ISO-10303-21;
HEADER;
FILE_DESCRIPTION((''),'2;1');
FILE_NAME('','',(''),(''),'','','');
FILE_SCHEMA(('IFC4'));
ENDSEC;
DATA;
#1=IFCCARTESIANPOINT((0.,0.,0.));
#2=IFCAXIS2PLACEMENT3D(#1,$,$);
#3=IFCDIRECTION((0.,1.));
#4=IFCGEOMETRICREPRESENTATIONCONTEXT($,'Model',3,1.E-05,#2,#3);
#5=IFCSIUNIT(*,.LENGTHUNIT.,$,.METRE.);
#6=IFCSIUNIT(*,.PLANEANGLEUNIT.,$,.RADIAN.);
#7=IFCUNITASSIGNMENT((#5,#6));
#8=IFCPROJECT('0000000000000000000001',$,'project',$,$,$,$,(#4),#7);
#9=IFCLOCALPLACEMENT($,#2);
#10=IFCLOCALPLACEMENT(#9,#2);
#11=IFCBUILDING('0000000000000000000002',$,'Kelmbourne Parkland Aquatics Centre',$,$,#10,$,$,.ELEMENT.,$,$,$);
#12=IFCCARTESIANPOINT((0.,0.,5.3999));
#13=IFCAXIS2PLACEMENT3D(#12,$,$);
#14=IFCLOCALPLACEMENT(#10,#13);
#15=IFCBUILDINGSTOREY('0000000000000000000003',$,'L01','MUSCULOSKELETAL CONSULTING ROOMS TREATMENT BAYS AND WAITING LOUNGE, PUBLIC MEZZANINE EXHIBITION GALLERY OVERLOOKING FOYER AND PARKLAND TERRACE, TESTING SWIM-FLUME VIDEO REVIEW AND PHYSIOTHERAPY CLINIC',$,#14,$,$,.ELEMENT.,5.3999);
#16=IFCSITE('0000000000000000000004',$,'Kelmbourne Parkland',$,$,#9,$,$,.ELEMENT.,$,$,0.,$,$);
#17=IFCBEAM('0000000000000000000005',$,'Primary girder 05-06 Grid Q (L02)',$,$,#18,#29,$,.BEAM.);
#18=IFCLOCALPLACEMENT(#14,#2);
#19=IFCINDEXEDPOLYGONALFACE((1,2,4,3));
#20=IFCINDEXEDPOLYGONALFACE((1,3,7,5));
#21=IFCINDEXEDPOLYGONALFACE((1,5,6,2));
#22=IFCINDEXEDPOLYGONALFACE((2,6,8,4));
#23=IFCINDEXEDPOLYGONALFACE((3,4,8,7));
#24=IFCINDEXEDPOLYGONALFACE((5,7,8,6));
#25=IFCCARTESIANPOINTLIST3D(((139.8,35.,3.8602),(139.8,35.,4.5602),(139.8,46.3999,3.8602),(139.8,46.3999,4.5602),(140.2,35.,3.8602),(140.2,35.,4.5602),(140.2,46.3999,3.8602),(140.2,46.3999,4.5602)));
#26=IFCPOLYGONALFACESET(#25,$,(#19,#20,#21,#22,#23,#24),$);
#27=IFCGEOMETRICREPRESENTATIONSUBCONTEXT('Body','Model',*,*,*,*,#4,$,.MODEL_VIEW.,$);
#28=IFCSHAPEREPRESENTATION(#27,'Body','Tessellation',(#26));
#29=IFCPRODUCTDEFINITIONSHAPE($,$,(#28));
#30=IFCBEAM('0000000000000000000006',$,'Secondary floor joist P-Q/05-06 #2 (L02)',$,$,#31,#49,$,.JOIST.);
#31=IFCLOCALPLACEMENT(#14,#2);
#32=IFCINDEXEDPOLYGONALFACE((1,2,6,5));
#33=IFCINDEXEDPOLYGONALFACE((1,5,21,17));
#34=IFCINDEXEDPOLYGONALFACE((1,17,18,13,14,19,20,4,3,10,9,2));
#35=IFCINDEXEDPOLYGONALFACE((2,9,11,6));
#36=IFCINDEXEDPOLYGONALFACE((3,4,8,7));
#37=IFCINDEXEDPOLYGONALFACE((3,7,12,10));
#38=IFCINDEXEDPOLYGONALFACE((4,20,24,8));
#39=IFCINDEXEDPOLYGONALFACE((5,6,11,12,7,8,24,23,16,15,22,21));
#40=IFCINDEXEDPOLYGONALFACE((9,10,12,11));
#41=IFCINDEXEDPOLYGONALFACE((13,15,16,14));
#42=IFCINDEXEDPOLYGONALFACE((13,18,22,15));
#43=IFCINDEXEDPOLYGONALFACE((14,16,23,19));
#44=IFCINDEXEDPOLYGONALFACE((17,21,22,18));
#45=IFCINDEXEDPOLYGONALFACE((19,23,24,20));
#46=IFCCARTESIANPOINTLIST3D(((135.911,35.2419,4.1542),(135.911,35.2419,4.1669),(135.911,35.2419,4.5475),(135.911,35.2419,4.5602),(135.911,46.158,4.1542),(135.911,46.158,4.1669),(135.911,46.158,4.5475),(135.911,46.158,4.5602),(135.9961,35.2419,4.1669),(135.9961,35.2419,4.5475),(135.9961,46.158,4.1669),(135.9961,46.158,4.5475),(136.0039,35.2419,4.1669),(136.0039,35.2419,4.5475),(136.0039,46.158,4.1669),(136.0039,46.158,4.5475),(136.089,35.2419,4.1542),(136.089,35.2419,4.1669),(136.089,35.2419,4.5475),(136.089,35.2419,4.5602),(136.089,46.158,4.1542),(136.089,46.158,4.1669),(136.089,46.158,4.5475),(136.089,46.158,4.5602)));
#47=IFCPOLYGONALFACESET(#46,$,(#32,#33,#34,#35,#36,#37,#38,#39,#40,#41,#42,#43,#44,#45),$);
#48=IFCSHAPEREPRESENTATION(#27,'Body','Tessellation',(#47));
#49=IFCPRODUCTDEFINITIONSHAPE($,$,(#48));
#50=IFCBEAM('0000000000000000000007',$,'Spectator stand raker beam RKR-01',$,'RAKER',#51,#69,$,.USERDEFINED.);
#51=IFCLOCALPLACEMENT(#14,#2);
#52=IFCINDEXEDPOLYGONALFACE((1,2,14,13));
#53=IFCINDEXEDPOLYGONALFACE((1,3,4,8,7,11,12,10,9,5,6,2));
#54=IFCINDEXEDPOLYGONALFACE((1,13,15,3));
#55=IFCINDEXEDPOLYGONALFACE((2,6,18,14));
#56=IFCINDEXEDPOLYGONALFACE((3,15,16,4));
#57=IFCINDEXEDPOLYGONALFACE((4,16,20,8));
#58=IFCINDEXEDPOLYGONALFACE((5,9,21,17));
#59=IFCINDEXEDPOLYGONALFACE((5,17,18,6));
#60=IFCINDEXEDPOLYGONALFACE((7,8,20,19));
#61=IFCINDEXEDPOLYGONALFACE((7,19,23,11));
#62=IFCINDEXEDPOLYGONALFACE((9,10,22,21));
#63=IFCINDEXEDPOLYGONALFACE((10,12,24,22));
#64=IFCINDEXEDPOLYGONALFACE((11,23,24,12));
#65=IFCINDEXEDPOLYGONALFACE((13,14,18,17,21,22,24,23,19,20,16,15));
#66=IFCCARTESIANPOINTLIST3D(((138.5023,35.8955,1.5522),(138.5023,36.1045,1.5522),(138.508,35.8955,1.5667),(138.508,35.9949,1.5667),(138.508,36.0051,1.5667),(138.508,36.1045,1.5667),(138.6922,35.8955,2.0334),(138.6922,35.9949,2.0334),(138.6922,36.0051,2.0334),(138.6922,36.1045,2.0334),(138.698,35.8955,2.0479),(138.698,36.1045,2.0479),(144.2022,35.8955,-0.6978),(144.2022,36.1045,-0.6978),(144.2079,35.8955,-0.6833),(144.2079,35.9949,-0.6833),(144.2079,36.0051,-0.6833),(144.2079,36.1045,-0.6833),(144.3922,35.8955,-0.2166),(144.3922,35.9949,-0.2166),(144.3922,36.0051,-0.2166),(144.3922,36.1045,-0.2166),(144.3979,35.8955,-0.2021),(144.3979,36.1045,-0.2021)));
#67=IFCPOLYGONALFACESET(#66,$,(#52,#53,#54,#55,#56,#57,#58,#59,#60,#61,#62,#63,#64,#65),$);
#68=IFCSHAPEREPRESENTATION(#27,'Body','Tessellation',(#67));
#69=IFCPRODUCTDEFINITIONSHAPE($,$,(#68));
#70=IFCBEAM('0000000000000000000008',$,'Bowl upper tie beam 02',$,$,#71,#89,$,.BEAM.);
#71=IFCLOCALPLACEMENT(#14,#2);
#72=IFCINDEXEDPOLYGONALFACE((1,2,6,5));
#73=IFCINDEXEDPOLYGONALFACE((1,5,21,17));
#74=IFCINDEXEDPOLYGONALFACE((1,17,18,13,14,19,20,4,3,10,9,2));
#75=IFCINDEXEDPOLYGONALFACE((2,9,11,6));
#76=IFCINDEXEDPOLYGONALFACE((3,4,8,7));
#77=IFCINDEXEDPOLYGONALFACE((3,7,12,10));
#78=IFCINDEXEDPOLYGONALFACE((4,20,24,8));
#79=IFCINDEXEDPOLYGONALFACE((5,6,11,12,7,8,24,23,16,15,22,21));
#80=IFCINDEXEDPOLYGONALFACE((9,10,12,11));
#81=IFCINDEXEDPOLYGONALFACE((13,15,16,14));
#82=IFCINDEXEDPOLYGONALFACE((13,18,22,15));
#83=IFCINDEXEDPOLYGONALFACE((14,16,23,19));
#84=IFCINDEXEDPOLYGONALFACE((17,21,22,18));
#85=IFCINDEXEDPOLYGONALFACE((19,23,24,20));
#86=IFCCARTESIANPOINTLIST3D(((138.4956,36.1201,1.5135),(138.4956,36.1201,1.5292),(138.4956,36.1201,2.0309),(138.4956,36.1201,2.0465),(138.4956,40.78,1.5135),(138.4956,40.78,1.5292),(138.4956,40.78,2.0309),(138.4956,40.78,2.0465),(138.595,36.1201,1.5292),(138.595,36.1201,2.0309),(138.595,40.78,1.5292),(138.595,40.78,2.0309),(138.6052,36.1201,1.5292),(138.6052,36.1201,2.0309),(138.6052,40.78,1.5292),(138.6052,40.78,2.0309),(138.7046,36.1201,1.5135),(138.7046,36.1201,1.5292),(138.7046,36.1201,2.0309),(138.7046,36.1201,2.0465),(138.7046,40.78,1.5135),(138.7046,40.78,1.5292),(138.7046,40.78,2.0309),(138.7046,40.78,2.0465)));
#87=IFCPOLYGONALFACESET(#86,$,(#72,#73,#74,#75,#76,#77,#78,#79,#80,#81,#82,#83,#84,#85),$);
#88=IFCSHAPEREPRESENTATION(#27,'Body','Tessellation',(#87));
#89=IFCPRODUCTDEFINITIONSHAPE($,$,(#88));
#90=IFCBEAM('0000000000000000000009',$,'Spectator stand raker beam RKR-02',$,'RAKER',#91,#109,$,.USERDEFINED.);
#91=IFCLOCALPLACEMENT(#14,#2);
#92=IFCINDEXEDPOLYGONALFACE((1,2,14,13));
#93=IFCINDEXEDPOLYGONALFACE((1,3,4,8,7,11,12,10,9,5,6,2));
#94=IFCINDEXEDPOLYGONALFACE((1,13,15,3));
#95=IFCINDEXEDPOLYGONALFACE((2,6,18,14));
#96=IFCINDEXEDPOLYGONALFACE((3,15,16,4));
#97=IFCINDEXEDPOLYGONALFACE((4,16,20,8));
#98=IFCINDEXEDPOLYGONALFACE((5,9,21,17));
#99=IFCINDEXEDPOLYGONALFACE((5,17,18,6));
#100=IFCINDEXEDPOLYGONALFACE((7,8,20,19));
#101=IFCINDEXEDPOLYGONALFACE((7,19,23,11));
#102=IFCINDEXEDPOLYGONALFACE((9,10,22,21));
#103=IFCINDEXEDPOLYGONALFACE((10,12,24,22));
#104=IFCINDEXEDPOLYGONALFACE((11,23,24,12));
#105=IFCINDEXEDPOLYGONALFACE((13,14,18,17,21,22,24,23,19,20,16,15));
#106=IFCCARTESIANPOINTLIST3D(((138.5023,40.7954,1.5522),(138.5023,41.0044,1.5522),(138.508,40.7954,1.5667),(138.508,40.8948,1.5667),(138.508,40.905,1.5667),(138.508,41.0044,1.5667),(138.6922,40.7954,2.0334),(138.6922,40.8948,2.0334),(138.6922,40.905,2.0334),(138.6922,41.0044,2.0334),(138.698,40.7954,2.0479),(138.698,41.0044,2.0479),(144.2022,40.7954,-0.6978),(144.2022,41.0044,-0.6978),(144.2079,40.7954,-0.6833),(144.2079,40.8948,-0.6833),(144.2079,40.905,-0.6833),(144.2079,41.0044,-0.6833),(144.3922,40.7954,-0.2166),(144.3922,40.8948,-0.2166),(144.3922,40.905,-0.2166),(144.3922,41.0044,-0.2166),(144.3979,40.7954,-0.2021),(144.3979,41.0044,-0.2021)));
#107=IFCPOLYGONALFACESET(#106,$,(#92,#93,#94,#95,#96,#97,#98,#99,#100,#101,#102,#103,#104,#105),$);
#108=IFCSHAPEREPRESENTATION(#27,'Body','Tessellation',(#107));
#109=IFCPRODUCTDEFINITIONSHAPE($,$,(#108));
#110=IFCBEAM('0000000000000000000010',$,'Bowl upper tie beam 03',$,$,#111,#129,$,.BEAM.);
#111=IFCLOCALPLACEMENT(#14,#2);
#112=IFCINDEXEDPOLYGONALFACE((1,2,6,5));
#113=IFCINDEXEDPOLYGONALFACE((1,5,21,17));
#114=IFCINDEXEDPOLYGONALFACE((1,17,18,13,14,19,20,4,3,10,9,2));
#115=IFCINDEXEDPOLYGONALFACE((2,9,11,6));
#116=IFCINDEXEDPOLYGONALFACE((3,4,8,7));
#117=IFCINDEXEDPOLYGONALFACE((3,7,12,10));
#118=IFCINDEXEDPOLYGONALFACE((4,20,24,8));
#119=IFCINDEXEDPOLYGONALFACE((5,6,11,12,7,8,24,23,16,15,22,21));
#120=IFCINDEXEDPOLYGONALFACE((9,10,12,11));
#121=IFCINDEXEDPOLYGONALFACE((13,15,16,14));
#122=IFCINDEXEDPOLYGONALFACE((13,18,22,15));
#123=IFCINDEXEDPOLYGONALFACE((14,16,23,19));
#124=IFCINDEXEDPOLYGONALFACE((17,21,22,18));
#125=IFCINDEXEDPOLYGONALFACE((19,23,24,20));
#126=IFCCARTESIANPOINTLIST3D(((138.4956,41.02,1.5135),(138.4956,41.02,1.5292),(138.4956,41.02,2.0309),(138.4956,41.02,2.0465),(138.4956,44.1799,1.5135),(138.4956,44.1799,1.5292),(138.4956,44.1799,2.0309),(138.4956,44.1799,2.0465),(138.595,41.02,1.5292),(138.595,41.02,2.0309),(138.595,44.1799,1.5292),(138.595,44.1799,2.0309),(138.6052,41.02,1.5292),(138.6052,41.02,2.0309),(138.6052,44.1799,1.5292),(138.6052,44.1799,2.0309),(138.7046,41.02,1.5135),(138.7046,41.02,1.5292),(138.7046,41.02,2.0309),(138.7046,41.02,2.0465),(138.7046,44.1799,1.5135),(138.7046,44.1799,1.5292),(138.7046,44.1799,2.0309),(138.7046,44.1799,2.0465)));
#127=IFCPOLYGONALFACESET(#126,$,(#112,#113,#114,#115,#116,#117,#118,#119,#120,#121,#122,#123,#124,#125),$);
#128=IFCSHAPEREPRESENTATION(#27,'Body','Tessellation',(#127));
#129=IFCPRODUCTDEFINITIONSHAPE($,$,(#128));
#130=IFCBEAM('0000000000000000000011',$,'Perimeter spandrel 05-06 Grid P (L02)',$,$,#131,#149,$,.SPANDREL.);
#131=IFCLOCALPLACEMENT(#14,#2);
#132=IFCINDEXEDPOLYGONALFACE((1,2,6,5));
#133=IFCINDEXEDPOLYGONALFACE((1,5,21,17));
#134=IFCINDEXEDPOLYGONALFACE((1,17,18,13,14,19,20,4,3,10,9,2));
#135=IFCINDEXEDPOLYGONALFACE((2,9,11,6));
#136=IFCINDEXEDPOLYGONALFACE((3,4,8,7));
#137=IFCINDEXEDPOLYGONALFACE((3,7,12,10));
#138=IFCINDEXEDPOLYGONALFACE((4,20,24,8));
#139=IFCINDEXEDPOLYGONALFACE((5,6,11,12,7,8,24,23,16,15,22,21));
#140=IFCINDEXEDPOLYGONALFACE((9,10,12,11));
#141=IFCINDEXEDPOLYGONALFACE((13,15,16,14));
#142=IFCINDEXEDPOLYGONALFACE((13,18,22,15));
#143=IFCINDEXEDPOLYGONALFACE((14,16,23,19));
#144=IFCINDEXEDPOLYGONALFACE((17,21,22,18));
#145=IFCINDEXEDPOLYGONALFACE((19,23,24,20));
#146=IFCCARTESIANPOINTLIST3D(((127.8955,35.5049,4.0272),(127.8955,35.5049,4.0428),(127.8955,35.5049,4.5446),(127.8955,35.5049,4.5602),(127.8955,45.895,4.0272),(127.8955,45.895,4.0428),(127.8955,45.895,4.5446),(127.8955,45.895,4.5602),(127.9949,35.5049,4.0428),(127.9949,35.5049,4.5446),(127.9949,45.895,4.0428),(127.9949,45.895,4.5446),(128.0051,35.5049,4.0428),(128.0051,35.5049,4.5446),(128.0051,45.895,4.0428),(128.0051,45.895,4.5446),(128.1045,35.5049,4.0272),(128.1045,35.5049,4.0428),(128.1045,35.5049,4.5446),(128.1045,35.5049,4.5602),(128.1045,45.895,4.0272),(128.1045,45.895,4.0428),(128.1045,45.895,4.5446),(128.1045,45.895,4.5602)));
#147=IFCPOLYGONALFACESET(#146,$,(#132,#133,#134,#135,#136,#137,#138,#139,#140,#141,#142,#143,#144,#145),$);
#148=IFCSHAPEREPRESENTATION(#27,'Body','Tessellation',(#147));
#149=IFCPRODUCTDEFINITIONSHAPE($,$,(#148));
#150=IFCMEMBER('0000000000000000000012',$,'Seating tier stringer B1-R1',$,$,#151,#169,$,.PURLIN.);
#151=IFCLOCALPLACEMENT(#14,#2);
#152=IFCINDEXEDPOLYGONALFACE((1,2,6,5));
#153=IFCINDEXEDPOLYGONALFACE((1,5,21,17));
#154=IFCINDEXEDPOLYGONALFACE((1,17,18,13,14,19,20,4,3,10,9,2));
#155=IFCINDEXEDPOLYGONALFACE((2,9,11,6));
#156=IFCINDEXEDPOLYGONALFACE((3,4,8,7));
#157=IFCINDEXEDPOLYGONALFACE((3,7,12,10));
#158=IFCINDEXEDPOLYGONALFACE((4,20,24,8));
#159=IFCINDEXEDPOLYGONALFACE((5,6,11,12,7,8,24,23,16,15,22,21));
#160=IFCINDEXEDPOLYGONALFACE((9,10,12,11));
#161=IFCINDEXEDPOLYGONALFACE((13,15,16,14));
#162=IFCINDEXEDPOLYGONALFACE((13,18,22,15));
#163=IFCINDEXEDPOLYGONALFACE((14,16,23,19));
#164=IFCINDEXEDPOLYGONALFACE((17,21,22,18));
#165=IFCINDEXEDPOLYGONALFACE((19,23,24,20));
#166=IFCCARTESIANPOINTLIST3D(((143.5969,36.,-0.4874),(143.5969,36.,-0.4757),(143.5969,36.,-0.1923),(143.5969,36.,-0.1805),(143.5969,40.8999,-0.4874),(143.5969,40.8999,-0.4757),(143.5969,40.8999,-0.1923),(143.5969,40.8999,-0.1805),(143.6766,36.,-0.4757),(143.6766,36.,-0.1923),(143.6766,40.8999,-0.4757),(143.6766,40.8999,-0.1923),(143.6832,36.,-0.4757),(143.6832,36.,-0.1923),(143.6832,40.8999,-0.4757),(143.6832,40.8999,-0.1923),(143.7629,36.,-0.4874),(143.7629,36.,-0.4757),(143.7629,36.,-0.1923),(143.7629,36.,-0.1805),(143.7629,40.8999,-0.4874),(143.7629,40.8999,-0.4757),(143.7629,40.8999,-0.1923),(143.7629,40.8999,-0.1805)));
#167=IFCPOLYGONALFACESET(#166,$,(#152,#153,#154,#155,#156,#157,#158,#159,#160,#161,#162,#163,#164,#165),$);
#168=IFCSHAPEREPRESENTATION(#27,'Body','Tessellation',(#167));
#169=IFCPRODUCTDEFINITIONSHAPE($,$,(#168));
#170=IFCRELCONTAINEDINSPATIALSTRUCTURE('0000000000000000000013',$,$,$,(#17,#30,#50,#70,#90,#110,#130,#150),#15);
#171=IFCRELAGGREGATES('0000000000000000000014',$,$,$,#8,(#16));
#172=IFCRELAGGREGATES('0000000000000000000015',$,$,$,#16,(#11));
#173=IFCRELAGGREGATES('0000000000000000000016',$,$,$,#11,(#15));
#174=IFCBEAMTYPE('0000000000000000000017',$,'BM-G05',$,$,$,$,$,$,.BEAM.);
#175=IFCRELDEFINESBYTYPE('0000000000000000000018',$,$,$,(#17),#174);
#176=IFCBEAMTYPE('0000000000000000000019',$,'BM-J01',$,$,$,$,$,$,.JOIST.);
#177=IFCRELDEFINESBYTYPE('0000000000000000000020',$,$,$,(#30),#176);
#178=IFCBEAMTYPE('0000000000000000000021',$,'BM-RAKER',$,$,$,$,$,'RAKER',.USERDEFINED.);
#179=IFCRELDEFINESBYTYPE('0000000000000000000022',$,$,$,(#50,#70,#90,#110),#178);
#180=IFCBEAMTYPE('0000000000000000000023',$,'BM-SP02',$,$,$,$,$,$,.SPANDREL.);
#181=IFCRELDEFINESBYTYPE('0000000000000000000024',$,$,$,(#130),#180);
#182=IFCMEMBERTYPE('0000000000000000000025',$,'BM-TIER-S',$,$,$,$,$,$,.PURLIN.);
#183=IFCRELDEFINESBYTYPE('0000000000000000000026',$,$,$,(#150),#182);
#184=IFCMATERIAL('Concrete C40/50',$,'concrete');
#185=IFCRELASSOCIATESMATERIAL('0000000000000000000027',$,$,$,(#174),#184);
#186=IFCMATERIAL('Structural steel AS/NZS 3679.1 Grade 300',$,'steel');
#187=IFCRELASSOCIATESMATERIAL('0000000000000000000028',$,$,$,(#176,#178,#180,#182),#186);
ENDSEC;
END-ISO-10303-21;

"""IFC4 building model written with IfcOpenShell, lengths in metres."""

from ifc_helpers import new_model, si_unit, direction, frame, origin, origin_2d, place, context, subcontext, project, spatial, rectangle, i_section, extrude, material, material_profile, profile_set, type_object, element, save


model = new_model("IFC4")

# Units and contexts
model_context = context("Model", 3, precision=1e-05, world=origin(), true_north=direction((0.0, 1.0)))
body_context = subcontext(model_context, "Body", "Model", "MODEL_VIEW")
ifc_project = project(units=[si_unit("LENGTHUNIT", "METRE"), si_unit("PLANEANGLEUNIT", "RADIAN")], contexts=[model_context])

# Site, building, storey
site_placement = place(None, origin())
site = spatial("IfcSite", under=ifc_project, at=site_placement, Name="Kelmbourne Parkland", CompositionType="ELEMENT", RefElevation=0.0)
building_placement = place(site_placement, origin())
building = spatial("IfcBuilding", under=site, at=building_placement, Name="Kelmbourne Parkland Aquatics Centre", CompositionType="ELEMENT")
storey_placement = place(building_placement, frame((0.0, 0.0, 5.3999)))
storey = spatial("IfcBuildingStorey", under=building, at=storey_placement, Name="L01", Description="MUSCULOSKELETAL CONSULTING ROOMS TREATMENT BAYS AND WAITING LOUNGE, PUBLIC MEZZANINE EXHIBITION GALLERY OVERLOOKING FOYER AND PARKLAND TERRACE, TESTING SWIM-FLUME VIDEO REVIEW AND PHYSIOTHERAPY CLINIC", CompositionType="ELEMENT", Elevation=5.3999)

# Shared definitions
ifc_material_1 = material(Name="Concrete C40/50", Category="concrete")
ifc_material_2 = material(Name="Structural steel AS/NZS 3679.1 Grade 300", Category="steel")

# Beams
ifc_material_profile_1 = material_profile(ifc_material_1, rectangle(XDim=0.3999, YDim=0.7, at=origin_2d()), Name="RC 400x700")
ifc_profile_set_1 = profile_set([ifc_material_profile_1], Name="Concrete C40/50")
beam_type_1 = type_object("IfcBeamType", Name="BM-G05", PredefinedType="BEAM", material=ifc_profile_set_1)
beam_1_placement = place(storey_placement, frame((140.0, 35.0, 4.2102), z_axis=(0.0, 1.0, 0.0), x_axis=(-1.0, 0.0, 0.0)))
element("IfcBeam", 1, at=beam_1_placement, inside=storey, type_object=beam_type_1, Name="Primary girder 05-06 Grid Q (L02)", PredefinedType="BEAM", context=body_context, shape_type="SweptSolid", body=[
    extrude(rectangle(XDim=0.3999, YDim=0.7, at=origin_2d()), origin(), (0.0, 0.0, 1.0), 11.3999),
])
ifc_material_profile_2 = material_profile(ifc_material_2, i_section(OverallWidth=0.178, OverallDepth=0.406, WebThickness=0.0078, FlangeThickness=0.0127, at=origin_2d()), Name="410UB59.7")
ifc_profile_set_2 = profile_set([ifc_material_profile_2], Name="Structural steel AS/NZS 3679.1 Grade 300")
beam_type_2 = type_object("IfcBeamType", Name="BM-J01", PredefinedType="JOIST", material=ifc_profile_set_2)
beam_2_placement = place(storey_placement, frame((136.0, 35.2419, 4.3572), z_axis=(0.0, 1.0, 0.0), x_axis=(-1.0, 0.0, 0.0)))
element("IfcBeam", 2, at=beam_2_placement, inside=storey, type_object=beam_type_2, Name="Secondary floor joist P-Q/05-06 #2 (L02)", PredefinedType="JOIST", context=body_context, shape_type="SweptSolid", body=[
    extrude(i_section(OverallWidth=0.178, OverallDepth=0.406, WebThickness=0.0078, FlangeThickness=0.0127, at=origin_2d()), origin(), (0.0, 0.0, 1.0), 10.916),
])
ifc_material_profile_3 = material_profile(ifc_material_2, i_section(OverallWidth=0.209, OverallDepth=0.533, WebThickness=0.0103, FlangeThickness=0.0156, at=origin_2d()), Name="530UB92.4")
ifc_profile_set_3 = profile_set([ifc_material_profile_3], Name="Structural steel AS/NZS 3679.1 Grade 300")
beam_type_3 = type_object("IfcBeamType", Name="BM-RAKER", ElementType="RAKER", PredefinedType="USERDEFINED", material=ifc_profile_set_3)
beam_3_placement = place(storey_placement, frame((144.3, 36.0, -0.45), z_axis=(-0.930154, 0.0, 0.367169), x_axis=(0.0, -1.0, 0.0)))
element("IfcBeam", 3, at=beam_3_placement, inside=storey, type_object=beam_type_3, Name="Spectator stand raker beam RKR-01", ObjectType="RAKER", PredefinedType="USERDEFINED", context=body_context, shape_type="SweptSolid", body=[
    extrude(i_section(OverallWidth=0.209, OverallDepth=0.533, WebThickness=0.0103, FlangeThickness=0.0156, at=origin_2d()), origin(), (0.0, 0.0, 1.0), 6.1279),
])
beam_4_placement = place(storey_placement, frame((138.6001, 36.1201, 1.78), z_axis=(0.0, 1.0, 0.0), x_axis=(-1.0, 0.0, 0.0)))
element("IfcBeam", 4, at=beam_4_placement, inside=storey, type_object=beam_type_3, Name="Bowl upper tie beam 02", PredefinedType="BEAM", context=body_context, shape_type="SweptSolid", body=[
    extrude(i_section(OverallWidth=0.209, OverallDepth=0.533, WebThickness=0.0103, FlangeThickness=0.0156, at=origin_2d()), origin(), (0.0, 0.0, 1.0), 4.6599),
])
beam_5_placement = place(storey_placement, frame((144.3, 40.8999, -0.45), z_axis=(-0.930154, 0.0, 0.367169), x_axis=(0.0, -1.0, 0.0)))
element("IfcBeam", 5, at=beam_5_placement, inside=storey, type_object=beam_type_3, Name="Spectator stand raker beam RKR-02", ObjectType="RAKER", PredefinedType="USERDEFINED", context=body_context, shape_type="SweptSolid", body=[
    extrude(i_section(OverallWidth=0.209, OverallDepth=0.533, WebThickness=0.0103, FlangeThickness=0.0156, at=origin_2d()), origin(), (0.0, 0.0, 1.0), 6.1279),
])
beam_6_placement = place(storey_placement, frame((138.6001, 41.02, 1.78), z_axis=(0.0, 1.0, 0.0), x_axis=(-1.0, 0.0, 0.0)))
element("IfcBeam", 6, at=beam_6_placement, inside=storey, type_object=beam_type_3, Name="Bowl upper tie beam 03", PredefinedType="BEAM", context=body_context, shape_type="SweptSolid", body=[
    extrude(i_section(OverallWidth=0.209, OverallDepth=0.533, WebThickness=0.0103, FlangeThickness=0.0156, at=origin_2d()), origin(), (0.0, 0.0, 1.0), 3.1599),
])
ifc_material_profile_4 = material_profile(ifc_material_2, i_section(OverallWidth=0.209, OverallDepth=0.533, WebThickness=0.0103, FlangeThickness=0.0156, at=origin_2d()), Name="530UB92.4")
ifc_profile_set_4 = profile_set([ifc_material_profile_4], Name="Structural steel AS/NZS 3679.1 Grade 300")
beam_type_4 = type_object("IfcBeamType", Name="BM-SP02", PredefinedType="SPANDREL", material=ifc_profile_set_4)
beam_7_placement = place(storey_placement, frame((128.0, 35.5049, 4.2937), z_axis=(0.0, 1.0, 0.0), x_axis=(-1.0, 0.0, 0.0)))
element("IfcBeam", 7, at=beam_7_placement, inside=storey, type_object=beam_type_4, Name="Perimeter spandrel 05-06 Grid P (L02)", PredefinedType="SPANDREL", context=body_context, shape_type="SweptSolid", body=[
    extrude(i_section(OverallWidth=0.209, OverallDepth=0.533, WebThickness=0.0103, FlangeThickness=0.0156, at=origin_2d()), origin(), (0.0, 0.0, 1.0), 10.3901),
])

# Member
ifc_material_profile_5 = material_profile(ifc_material_2, i_section(OverallWidth=0.166, OverallDepth=0.3069, WebThickness=0.0066, FlangeThickness=0.0117, at=origin_2d()), Name="310UB46.2")
ifc_profile_set_5 = profile_set([ifc_material_profile_5], Name="Structural steel AS/NZS 3679.1 Grade 300")
member_type = type_object("IfcMemberType", Name="BM-TIER-S", PredefinedType="PURLIN", material=ifc_profile_set_5)
for number, where, z_axis, x_axis, name in (
    (8, (143.6799, 36.0, -0.334), (0.0, 1.0, 0.0), (-1.0, 0.0, 0.0), "Seating tier stringer B1-R1"),
):
    element("IfcMember", number, at=place(storey_placement, frame(where, z_axis=z_axis, x_axis=x_axis)), inside=storey, type_object=member_type, Name=name, PredefinedType="PURLIN", context=body_context, shape_type="SweptSolid", body=[
        extrude(i_section(OverallWidth=0.166, OverallDepth=0.3069, WebThickness=0.0066, FlangeThickness=0.0117, at=origin_2d()), origin(), (0.0, 0.0, 1.0), 4.8999),
    ])

save(model, "model.ifc")
